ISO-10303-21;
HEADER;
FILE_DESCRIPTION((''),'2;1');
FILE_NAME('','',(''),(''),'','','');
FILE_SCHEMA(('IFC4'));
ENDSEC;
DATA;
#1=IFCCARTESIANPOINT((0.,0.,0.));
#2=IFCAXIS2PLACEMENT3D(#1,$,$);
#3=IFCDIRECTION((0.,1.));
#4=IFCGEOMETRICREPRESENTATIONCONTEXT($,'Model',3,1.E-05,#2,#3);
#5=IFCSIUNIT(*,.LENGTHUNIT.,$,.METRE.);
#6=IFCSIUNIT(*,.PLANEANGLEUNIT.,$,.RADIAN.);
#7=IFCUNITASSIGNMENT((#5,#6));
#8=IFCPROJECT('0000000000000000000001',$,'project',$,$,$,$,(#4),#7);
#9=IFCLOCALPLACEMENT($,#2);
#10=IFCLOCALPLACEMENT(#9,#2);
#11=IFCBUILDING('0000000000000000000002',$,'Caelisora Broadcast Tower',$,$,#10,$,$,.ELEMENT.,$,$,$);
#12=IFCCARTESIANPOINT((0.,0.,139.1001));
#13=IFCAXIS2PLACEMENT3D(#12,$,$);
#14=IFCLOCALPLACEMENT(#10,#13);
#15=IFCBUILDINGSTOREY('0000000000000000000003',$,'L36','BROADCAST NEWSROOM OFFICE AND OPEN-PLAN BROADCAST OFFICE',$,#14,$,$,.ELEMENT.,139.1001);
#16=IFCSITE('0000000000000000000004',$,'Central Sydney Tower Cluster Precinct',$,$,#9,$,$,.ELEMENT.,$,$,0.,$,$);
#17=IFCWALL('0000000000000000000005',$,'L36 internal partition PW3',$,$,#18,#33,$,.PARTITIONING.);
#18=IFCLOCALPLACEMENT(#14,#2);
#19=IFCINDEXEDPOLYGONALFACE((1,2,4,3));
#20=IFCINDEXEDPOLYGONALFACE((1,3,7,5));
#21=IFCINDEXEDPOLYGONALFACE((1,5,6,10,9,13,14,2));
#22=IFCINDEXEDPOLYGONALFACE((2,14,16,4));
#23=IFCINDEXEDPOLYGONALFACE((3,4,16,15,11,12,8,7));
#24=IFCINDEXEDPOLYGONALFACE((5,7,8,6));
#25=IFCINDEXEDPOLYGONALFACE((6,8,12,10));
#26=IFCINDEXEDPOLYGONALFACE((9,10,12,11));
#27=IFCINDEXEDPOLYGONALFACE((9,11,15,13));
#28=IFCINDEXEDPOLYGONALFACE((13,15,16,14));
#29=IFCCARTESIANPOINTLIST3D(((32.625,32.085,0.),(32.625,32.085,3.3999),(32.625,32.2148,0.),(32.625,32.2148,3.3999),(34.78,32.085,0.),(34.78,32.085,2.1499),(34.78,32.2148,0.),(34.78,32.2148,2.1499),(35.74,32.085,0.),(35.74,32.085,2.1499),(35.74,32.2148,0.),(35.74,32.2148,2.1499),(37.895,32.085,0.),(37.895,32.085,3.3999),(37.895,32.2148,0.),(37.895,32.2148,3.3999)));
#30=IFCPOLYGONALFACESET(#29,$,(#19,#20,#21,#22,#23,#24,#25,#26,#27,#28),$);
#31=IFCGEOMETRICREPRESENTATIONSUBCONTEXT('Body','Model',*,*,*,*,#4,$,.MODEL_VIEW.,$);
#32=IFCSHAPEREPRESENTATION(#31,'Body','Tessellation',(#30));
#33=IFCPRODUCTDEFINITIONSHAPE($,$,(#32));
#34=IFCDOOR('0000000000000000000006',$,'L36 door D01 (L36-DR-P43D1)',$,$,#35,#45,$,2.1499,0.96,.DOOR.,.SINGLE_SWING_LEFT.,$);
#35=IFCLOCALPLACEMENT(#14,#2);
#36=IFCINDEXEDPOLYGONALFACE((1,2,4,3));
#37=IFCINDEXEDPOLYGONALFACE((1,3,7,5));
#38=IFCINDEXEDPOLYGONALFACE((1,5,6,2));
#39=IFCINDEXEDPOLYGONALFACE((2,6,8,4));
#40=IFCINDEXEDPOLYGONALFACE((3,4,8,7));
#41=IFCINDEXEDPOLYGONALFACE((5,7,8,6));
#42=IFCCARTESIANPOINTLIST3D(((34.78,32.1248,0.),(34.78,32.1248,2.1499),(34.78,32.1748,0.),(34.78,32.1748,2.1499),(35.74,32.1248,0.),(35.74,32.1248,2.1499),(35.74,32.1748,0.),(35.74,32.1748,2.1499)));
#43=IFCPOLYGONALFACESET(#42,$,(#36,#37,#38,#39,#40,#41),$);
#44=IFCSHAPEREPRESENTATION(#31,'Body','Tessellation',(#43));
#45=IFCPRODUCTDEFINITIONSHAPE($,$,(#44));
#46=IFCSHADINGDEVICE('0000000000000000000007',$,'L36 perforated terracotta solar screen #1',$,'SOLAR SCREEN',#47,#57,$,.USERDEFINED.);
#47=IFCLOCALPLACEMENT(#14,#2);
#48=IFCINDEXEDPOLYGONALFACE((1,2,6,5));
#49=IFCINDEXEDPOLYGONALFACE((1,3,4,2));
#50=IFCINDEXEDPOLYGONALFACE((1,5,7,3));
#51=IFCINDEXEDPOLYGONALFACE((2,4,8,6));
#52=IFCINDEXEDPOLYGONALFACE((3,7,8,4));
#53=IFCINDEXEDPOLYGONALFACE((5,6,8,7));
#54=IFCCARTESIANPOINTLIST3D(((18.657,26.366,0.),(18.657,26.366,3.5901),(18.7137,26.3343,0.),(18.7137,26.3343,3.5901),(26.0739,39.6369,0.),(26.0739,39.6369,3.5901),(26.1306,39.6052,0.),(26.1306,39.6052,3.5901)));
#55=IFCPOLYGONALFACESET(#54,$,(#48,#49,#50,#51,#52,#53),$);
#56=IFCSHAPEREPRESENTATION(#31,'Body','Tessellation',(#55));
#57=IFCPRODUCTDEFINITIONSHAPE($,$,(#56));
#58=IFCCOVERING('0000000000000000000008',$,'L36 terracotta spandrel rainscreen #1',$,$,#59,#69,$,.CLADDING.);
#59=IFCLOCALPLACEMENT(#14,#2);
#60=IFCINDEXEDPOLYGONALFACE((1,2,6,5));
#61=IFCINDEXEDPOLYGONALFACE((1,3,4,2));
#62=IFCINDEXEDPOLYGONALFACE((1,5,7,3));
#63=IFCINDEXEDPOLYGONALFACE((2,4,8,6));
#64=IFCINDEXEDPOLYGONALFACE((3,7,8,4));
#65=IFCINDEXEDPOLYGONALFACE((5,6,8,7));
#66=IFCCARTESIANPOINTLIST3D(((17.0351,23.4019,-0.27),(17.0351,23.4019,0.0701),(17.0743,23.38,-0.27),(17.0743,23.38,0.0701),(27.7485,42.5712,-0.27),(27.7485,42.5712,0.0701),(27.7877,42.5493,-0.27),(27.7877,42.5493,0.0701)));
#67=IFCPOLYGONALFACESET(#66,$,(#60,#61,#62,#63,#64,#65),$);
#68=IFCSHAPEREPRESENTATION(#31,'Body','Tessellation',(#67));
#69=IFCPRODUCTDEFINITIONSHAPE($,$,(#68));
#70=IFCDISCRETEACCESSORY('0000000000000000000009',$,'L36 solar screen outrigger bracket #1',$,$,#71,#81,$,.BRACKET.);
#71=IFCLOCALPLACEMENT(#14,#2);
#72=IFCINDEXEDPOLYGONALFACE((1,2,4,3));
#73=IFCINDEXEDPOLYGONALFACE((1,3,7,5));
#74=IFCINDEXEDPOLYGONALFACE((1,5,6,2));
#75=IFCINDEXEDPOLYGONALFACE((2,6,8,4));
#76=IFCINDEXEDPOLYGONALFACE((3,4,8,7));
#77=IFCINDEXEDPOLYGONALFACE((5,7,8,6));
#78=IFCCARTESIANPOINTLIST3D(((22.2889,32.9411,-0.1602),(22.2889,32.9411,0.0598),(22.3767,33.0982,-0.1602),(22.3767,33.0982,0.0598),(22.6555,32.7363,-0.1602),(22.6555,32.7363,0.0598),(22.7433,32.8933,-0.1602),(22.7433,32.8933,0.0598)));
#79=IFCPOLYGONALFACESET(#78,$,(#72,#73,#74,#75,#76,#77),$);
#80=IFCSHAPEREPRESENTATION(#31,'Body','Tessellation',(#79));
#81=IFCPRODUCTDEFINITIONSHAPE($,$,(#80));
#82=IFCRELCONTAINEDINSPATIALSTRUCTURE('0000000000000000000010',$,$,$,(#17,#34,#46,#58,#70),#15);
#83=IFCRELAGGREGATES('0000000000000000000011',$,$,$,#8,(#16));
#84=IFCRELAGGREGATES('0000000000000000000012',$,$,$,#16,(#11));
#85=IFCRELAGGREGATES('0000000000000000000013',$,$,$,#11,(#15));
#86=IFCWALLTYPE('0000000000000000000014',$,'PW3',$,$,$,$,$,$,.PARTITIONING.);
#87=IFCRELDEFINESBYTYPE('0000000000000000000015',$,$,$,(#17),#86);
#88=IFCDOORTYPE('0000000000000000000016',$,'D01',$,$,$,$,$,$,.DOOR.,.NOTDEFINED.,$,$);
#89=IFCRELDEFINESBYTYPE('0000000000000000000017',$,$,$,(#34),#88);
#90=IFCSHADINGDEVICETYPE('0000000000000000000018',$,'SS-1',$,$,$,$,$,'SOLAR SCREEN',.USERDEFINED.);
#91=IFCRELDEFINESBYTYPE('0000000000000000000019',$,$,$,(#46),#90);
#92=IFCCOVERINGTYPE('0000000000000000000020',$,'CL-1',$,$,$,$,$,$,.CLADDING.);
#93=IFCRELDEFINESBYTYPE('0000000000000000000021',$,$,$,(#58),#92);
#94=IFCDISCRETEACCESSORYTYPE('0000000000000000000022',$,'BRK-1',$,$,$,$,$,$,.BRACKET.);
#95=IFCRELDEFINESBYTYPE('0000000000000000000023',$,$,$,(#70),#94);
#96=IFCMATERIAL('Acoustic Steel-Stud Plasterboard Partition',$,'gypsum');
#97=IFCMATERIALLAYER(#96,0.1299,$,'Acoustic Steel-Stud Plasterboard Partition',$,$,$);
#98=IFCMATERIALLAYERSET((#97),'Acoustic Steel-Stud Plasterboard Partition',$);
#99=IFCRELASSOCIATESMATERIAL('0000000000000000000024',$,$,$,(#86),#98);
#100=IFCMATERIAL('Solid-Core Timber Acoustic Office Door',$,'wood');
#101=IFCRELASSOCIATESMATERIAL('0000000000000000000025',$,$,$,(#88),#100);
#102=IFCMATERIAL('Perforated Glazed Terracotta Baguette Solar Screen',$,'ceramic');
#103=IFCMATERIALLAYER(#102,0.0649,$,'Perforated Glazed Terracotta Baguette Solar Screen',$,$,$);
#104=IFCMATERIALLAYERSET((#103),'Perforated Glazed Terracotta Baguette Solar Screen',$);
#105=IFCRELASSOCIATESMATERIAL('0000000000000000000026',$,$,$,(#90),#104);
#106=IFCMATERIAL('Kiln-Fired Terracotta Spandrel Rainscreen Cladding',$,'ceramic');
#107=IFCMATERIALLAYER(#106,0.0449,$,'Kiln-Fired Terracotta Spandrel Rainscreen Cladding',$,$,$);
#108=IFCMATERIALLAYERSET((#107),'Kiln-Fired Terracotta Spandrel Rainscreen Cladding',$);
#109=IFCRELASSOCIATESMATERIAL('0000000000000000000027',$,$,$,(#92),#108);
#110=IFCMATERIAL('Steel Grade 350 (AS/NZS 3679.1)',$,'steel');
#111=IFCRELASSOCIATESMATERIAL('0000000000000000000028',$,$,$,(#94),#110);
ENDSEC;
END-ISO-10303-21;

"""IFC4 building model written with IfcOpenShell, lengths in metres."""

from ifc_helpers import new_model, si_unit, direction, frame, frame_2d, origin, origin_2d, place, context, subcontext, project, spatial, rectangle, extrude, source, transform, mapped, material, layer, layer_set, type_object, type_shapes, element, fill, save


model = new_model("IFC4")

# Units and contexts
model_context = context("Model", 3, precision=1e-05, world=origin(), true_north=direction((0.0, 1.0)))
body_context = subcontext(model_context, "Body", "Model", "MODEL_VIEW")
ifc_project = project(units=[si_unit("LENGTHUNIT", "METRE"), si_unit("PLANEANGLEUNIT", "RADIAN")], contexts=[model_context])

# Site, building, storey
site_placement = place(None, origin())
site = spatial("IfcSite", under=ifc_project, at=site_placement, Name="Central Sydney Tower Cluster Precinct", CompositionType="ELEMENT", RefElevation=0.0)
building_placement = place(site_placement, origin())
building = spatial("IfcBuilding", under=site, at=building_placement, Name="Caelisora Broadcast Tower", CompositionType="ELEMENT")
storey_placement = place(building_placement, frame((0.0, 0.0, 139.1001)))
storey = spatial("IfcBuildingStorey", under=building, at=storey_placement, Name="L36", Description="BROADCAST NEWSROOM OFFICE AND OPEN-PLAN BROADCAST OFFICE", CompositionType="ELEMENT", Elevation=139.1001)

# Shared definitions
ifc_material_1 = material(Name="Steel Grade 350 (AS/NZS 3679.1)", Category="steel")

# Wall, opening, door
ifc_material_2 = material(Name="Acoustic Steel-Stud Plasterboard Partition", Category="gypsum")
ifc_layer_1 = layer(ifc_material_2, 0.1299, Name="Acoustic Steel-Stud Plasterboard Partition")
ifc_layer_set_1 = layer_set([ifc_layer_1], Name="Acoustic Steel-Stud Plasterboard Partition")
wall_type = type_object("IfcWallType", Name="PW3", PredefinedType="PARTITIONING", material=ifc_layer_set_1)
ifc_material_3 = material(Name="Solid-Core Timber Acoustic Office Door", Category="wood")
door_type = type_object("IfcDoorType", Name="D01", OperationType="NOTDEFINED", PredefinedType="DOOR", material=ifc_material_3)
wall_1_placement = place(storey_placement, frame((32.625, 32.1499, 0.0), z_axis=(0.0, 0.0, 1.0), x_axis=(1.0, 0.0, 0.0)))
wall_1 = element("IfcWall", 1, at=wall_1_placement, inside=storey, type_object=wall_type, Name="L36 internal partition PW3", PredefinedType="PARTITIONING", context=body_context, shape_type="SweptSolid", body=[
    extrude(rectangle(XDim=5.27, YDim=0.1299, at=frame_2d((2.635, 0.0))), origin(), (0.0, 0.0, 1.0), 3.3999),
])
opening_1_placement = place(wall_1_placement, frame((2.155, 0.0, 0.0)))
opening_1 = element("IfcOpeningElement", 2, at=opening_1_placement, cuts=wall_1, PredefinedType="OPENING", context=body_context, shape_type="SweptSolid", body=[
    extrude(rectangle(XDim=0.96, YDim=2.1499, at=frame_2d((0.48, 1.075))), frame((0.0, 0.0769, 0.0), z_axis=(0.0, -1.0, 0.0), x_axis=(1.0, 0.0, 0.0)), (0.0, 0.0, 1.0), 0.1538),
])
door_1_placement = place(opening_1_placement, origin())
door_1 = element("IfcDoor", 3, at=door_1_placement, inside=storey, type_object=door_type, Name="L36 door D01 (L36-DR-P43D1)", OperationType="SINGLE_SWING_LEFT", OverallHeight=2.1499, OverallWidth=0.96, PredefinedType="DOOR", context=body_context, shape_type="SweptSolid", body=[
    extrude(rectangle(XDim=0.96, YDim=2.1499, at=frame_2d((0.48, 1.075))), frame((0.0, 0.0249, 0.0), z_axis=(0.0, -1.0, 0.0), x_axis=(1.0, 0.0, 0.0)), (0.0, 0.0, 1.0), 0.05),
])
fill(opening_1, door_1)

# Shading device
ifc_material_4 = material(Name="Perforated Glazed Terracotta Baguette Solar Screen", Category="ceramic")
ifc_layer_2 = layer(ifc_material_4, 0.0649, Name="Perforated Glazed Terracotta Baguette Solar Screen")
ifc_layer_set_2 = layer_set([ifc_layer_2], Name="Perforated Glazed Terracotta Baguette Solar Screen")
shading_device_type = type_object("IfcShadingDeviceType", Name="SS-1", ElementType="SOLAR SCREEN", PredefinedType="USERDEFINED", material=ifc_layer_set_2)
shared_shape_1 = source(origin(), body_context, "Body", "SweptSolid", [
    extrude(rectangle(XDim=15.2029, YDim=0.0649, at=origin_2d()), origin(), (0.0, 0.0, 1.0), 3.5901),
])
type_shapes(shading_device_type, [shared_shape_1])
shading_device_placement = place(storey_placement, frame((22.3938, 32.9856, 0.0), z_axis=(0.0, 0.0, 1.0), x_axis=(-0.48786, -0.872922, 0.0)))
element("IfcShadingDevice", 4, at=shading_device_placement, inside=storey, type_object=shading_device_type, Name="L36 perforated terracotta solar screen #1", ObjectType="SOLAR SCREEN", PredefinedType="USERDEFINED", context=body_context, shape_type="MappedRepresentation", body=[
    mapped(shared_shape_1, transform((0.0, 0.0, 0.0), scale=1.0)),
])

# Covering
ifc_material_5 = material(Name="Kiln-Fired Terracotta Spandrel Rainscreen Cladding", Category="ceramic")
ifc_layer_3 = layer(ifc_material_5, 0.0449, Name="Kiln-Fired Terracotta Spandrel Rainscreen Cladding")
ifc_layer_set_3 = layer_set([ifc_layer_3], Name="Kiln-Fired Terracotta Spandrel Rainscreen Cladding")
covering_type = type_object("IfcCoveringType", Name="CL-1", PredefinedType="CLADDING", material=ifc_layer_set_3)
shared_shape_2 = source(origin(), body_context, "Body", "SweptSolid", [
    extrude(rectangle(XDim=21.96, YDim=0.0449, at=origin_2d()), origin(), (0.0, 0.0, 1.0), 0.3401),
])
type_shapes(covering_type, [shared_shape_2])
covering_placement = place(storey_placement, frame((22.4114, 32.9756, -0.27), z_axis=(0.0, 0.0, 1.0), x_axis=(-0.48786, -0.872922, 0.0)))
element("IfcCovering", 5, at=covering_placement, inside=storey, type_object=covering_type, Name="L36 terracotta spandrel rainscreen #1", PredefinedType="CLADDING", context=body_context, shape_type="MappedRepresentation", body=[
    mapped(shared_shape_2, transform((0.0, 0.0, 0.0), scale=1.0)),
])

# Discrete accessory
discrete_accessory_type = type_object("IfcDiscreteAccessoryType", Name="BRK-1", PredefinedType="BRACKET", material=ifc_material_1)
shared_shape_3 = source(origin(), body_context, "Body", "SweptSolid", [
    extrude(rectangle(XDim=0.1799, YDim=0.4199, at=origin_2d()), origin(), (0.0, 0.0, 1.0), 0.22),
])
type_shapes(discrete_accessory_type, [shared_shape_3])
discrete_accessory_placement = place(storey_placement, frame((22.5161, 32.9172, -0.1602), z_axis=(0.0, 0.0, 1.0), x_axis=(-0.48786, -0.872922, 0.0)))
element("IfcDiscreteAccessory", 6, at=discrete_accessory_placement, inside=storey, type_object=discrete_accessory_type, Name="L36 solar screen outrigger bracket #1", PredefinedType="BRACKET", context=body_context, shape_type="MappedRepresentation", body=[
    mapped(shared_shape_3, transform((0.0, 0.0, 0.0), scale=1.0)),
])

save(model, "model.ifc")
